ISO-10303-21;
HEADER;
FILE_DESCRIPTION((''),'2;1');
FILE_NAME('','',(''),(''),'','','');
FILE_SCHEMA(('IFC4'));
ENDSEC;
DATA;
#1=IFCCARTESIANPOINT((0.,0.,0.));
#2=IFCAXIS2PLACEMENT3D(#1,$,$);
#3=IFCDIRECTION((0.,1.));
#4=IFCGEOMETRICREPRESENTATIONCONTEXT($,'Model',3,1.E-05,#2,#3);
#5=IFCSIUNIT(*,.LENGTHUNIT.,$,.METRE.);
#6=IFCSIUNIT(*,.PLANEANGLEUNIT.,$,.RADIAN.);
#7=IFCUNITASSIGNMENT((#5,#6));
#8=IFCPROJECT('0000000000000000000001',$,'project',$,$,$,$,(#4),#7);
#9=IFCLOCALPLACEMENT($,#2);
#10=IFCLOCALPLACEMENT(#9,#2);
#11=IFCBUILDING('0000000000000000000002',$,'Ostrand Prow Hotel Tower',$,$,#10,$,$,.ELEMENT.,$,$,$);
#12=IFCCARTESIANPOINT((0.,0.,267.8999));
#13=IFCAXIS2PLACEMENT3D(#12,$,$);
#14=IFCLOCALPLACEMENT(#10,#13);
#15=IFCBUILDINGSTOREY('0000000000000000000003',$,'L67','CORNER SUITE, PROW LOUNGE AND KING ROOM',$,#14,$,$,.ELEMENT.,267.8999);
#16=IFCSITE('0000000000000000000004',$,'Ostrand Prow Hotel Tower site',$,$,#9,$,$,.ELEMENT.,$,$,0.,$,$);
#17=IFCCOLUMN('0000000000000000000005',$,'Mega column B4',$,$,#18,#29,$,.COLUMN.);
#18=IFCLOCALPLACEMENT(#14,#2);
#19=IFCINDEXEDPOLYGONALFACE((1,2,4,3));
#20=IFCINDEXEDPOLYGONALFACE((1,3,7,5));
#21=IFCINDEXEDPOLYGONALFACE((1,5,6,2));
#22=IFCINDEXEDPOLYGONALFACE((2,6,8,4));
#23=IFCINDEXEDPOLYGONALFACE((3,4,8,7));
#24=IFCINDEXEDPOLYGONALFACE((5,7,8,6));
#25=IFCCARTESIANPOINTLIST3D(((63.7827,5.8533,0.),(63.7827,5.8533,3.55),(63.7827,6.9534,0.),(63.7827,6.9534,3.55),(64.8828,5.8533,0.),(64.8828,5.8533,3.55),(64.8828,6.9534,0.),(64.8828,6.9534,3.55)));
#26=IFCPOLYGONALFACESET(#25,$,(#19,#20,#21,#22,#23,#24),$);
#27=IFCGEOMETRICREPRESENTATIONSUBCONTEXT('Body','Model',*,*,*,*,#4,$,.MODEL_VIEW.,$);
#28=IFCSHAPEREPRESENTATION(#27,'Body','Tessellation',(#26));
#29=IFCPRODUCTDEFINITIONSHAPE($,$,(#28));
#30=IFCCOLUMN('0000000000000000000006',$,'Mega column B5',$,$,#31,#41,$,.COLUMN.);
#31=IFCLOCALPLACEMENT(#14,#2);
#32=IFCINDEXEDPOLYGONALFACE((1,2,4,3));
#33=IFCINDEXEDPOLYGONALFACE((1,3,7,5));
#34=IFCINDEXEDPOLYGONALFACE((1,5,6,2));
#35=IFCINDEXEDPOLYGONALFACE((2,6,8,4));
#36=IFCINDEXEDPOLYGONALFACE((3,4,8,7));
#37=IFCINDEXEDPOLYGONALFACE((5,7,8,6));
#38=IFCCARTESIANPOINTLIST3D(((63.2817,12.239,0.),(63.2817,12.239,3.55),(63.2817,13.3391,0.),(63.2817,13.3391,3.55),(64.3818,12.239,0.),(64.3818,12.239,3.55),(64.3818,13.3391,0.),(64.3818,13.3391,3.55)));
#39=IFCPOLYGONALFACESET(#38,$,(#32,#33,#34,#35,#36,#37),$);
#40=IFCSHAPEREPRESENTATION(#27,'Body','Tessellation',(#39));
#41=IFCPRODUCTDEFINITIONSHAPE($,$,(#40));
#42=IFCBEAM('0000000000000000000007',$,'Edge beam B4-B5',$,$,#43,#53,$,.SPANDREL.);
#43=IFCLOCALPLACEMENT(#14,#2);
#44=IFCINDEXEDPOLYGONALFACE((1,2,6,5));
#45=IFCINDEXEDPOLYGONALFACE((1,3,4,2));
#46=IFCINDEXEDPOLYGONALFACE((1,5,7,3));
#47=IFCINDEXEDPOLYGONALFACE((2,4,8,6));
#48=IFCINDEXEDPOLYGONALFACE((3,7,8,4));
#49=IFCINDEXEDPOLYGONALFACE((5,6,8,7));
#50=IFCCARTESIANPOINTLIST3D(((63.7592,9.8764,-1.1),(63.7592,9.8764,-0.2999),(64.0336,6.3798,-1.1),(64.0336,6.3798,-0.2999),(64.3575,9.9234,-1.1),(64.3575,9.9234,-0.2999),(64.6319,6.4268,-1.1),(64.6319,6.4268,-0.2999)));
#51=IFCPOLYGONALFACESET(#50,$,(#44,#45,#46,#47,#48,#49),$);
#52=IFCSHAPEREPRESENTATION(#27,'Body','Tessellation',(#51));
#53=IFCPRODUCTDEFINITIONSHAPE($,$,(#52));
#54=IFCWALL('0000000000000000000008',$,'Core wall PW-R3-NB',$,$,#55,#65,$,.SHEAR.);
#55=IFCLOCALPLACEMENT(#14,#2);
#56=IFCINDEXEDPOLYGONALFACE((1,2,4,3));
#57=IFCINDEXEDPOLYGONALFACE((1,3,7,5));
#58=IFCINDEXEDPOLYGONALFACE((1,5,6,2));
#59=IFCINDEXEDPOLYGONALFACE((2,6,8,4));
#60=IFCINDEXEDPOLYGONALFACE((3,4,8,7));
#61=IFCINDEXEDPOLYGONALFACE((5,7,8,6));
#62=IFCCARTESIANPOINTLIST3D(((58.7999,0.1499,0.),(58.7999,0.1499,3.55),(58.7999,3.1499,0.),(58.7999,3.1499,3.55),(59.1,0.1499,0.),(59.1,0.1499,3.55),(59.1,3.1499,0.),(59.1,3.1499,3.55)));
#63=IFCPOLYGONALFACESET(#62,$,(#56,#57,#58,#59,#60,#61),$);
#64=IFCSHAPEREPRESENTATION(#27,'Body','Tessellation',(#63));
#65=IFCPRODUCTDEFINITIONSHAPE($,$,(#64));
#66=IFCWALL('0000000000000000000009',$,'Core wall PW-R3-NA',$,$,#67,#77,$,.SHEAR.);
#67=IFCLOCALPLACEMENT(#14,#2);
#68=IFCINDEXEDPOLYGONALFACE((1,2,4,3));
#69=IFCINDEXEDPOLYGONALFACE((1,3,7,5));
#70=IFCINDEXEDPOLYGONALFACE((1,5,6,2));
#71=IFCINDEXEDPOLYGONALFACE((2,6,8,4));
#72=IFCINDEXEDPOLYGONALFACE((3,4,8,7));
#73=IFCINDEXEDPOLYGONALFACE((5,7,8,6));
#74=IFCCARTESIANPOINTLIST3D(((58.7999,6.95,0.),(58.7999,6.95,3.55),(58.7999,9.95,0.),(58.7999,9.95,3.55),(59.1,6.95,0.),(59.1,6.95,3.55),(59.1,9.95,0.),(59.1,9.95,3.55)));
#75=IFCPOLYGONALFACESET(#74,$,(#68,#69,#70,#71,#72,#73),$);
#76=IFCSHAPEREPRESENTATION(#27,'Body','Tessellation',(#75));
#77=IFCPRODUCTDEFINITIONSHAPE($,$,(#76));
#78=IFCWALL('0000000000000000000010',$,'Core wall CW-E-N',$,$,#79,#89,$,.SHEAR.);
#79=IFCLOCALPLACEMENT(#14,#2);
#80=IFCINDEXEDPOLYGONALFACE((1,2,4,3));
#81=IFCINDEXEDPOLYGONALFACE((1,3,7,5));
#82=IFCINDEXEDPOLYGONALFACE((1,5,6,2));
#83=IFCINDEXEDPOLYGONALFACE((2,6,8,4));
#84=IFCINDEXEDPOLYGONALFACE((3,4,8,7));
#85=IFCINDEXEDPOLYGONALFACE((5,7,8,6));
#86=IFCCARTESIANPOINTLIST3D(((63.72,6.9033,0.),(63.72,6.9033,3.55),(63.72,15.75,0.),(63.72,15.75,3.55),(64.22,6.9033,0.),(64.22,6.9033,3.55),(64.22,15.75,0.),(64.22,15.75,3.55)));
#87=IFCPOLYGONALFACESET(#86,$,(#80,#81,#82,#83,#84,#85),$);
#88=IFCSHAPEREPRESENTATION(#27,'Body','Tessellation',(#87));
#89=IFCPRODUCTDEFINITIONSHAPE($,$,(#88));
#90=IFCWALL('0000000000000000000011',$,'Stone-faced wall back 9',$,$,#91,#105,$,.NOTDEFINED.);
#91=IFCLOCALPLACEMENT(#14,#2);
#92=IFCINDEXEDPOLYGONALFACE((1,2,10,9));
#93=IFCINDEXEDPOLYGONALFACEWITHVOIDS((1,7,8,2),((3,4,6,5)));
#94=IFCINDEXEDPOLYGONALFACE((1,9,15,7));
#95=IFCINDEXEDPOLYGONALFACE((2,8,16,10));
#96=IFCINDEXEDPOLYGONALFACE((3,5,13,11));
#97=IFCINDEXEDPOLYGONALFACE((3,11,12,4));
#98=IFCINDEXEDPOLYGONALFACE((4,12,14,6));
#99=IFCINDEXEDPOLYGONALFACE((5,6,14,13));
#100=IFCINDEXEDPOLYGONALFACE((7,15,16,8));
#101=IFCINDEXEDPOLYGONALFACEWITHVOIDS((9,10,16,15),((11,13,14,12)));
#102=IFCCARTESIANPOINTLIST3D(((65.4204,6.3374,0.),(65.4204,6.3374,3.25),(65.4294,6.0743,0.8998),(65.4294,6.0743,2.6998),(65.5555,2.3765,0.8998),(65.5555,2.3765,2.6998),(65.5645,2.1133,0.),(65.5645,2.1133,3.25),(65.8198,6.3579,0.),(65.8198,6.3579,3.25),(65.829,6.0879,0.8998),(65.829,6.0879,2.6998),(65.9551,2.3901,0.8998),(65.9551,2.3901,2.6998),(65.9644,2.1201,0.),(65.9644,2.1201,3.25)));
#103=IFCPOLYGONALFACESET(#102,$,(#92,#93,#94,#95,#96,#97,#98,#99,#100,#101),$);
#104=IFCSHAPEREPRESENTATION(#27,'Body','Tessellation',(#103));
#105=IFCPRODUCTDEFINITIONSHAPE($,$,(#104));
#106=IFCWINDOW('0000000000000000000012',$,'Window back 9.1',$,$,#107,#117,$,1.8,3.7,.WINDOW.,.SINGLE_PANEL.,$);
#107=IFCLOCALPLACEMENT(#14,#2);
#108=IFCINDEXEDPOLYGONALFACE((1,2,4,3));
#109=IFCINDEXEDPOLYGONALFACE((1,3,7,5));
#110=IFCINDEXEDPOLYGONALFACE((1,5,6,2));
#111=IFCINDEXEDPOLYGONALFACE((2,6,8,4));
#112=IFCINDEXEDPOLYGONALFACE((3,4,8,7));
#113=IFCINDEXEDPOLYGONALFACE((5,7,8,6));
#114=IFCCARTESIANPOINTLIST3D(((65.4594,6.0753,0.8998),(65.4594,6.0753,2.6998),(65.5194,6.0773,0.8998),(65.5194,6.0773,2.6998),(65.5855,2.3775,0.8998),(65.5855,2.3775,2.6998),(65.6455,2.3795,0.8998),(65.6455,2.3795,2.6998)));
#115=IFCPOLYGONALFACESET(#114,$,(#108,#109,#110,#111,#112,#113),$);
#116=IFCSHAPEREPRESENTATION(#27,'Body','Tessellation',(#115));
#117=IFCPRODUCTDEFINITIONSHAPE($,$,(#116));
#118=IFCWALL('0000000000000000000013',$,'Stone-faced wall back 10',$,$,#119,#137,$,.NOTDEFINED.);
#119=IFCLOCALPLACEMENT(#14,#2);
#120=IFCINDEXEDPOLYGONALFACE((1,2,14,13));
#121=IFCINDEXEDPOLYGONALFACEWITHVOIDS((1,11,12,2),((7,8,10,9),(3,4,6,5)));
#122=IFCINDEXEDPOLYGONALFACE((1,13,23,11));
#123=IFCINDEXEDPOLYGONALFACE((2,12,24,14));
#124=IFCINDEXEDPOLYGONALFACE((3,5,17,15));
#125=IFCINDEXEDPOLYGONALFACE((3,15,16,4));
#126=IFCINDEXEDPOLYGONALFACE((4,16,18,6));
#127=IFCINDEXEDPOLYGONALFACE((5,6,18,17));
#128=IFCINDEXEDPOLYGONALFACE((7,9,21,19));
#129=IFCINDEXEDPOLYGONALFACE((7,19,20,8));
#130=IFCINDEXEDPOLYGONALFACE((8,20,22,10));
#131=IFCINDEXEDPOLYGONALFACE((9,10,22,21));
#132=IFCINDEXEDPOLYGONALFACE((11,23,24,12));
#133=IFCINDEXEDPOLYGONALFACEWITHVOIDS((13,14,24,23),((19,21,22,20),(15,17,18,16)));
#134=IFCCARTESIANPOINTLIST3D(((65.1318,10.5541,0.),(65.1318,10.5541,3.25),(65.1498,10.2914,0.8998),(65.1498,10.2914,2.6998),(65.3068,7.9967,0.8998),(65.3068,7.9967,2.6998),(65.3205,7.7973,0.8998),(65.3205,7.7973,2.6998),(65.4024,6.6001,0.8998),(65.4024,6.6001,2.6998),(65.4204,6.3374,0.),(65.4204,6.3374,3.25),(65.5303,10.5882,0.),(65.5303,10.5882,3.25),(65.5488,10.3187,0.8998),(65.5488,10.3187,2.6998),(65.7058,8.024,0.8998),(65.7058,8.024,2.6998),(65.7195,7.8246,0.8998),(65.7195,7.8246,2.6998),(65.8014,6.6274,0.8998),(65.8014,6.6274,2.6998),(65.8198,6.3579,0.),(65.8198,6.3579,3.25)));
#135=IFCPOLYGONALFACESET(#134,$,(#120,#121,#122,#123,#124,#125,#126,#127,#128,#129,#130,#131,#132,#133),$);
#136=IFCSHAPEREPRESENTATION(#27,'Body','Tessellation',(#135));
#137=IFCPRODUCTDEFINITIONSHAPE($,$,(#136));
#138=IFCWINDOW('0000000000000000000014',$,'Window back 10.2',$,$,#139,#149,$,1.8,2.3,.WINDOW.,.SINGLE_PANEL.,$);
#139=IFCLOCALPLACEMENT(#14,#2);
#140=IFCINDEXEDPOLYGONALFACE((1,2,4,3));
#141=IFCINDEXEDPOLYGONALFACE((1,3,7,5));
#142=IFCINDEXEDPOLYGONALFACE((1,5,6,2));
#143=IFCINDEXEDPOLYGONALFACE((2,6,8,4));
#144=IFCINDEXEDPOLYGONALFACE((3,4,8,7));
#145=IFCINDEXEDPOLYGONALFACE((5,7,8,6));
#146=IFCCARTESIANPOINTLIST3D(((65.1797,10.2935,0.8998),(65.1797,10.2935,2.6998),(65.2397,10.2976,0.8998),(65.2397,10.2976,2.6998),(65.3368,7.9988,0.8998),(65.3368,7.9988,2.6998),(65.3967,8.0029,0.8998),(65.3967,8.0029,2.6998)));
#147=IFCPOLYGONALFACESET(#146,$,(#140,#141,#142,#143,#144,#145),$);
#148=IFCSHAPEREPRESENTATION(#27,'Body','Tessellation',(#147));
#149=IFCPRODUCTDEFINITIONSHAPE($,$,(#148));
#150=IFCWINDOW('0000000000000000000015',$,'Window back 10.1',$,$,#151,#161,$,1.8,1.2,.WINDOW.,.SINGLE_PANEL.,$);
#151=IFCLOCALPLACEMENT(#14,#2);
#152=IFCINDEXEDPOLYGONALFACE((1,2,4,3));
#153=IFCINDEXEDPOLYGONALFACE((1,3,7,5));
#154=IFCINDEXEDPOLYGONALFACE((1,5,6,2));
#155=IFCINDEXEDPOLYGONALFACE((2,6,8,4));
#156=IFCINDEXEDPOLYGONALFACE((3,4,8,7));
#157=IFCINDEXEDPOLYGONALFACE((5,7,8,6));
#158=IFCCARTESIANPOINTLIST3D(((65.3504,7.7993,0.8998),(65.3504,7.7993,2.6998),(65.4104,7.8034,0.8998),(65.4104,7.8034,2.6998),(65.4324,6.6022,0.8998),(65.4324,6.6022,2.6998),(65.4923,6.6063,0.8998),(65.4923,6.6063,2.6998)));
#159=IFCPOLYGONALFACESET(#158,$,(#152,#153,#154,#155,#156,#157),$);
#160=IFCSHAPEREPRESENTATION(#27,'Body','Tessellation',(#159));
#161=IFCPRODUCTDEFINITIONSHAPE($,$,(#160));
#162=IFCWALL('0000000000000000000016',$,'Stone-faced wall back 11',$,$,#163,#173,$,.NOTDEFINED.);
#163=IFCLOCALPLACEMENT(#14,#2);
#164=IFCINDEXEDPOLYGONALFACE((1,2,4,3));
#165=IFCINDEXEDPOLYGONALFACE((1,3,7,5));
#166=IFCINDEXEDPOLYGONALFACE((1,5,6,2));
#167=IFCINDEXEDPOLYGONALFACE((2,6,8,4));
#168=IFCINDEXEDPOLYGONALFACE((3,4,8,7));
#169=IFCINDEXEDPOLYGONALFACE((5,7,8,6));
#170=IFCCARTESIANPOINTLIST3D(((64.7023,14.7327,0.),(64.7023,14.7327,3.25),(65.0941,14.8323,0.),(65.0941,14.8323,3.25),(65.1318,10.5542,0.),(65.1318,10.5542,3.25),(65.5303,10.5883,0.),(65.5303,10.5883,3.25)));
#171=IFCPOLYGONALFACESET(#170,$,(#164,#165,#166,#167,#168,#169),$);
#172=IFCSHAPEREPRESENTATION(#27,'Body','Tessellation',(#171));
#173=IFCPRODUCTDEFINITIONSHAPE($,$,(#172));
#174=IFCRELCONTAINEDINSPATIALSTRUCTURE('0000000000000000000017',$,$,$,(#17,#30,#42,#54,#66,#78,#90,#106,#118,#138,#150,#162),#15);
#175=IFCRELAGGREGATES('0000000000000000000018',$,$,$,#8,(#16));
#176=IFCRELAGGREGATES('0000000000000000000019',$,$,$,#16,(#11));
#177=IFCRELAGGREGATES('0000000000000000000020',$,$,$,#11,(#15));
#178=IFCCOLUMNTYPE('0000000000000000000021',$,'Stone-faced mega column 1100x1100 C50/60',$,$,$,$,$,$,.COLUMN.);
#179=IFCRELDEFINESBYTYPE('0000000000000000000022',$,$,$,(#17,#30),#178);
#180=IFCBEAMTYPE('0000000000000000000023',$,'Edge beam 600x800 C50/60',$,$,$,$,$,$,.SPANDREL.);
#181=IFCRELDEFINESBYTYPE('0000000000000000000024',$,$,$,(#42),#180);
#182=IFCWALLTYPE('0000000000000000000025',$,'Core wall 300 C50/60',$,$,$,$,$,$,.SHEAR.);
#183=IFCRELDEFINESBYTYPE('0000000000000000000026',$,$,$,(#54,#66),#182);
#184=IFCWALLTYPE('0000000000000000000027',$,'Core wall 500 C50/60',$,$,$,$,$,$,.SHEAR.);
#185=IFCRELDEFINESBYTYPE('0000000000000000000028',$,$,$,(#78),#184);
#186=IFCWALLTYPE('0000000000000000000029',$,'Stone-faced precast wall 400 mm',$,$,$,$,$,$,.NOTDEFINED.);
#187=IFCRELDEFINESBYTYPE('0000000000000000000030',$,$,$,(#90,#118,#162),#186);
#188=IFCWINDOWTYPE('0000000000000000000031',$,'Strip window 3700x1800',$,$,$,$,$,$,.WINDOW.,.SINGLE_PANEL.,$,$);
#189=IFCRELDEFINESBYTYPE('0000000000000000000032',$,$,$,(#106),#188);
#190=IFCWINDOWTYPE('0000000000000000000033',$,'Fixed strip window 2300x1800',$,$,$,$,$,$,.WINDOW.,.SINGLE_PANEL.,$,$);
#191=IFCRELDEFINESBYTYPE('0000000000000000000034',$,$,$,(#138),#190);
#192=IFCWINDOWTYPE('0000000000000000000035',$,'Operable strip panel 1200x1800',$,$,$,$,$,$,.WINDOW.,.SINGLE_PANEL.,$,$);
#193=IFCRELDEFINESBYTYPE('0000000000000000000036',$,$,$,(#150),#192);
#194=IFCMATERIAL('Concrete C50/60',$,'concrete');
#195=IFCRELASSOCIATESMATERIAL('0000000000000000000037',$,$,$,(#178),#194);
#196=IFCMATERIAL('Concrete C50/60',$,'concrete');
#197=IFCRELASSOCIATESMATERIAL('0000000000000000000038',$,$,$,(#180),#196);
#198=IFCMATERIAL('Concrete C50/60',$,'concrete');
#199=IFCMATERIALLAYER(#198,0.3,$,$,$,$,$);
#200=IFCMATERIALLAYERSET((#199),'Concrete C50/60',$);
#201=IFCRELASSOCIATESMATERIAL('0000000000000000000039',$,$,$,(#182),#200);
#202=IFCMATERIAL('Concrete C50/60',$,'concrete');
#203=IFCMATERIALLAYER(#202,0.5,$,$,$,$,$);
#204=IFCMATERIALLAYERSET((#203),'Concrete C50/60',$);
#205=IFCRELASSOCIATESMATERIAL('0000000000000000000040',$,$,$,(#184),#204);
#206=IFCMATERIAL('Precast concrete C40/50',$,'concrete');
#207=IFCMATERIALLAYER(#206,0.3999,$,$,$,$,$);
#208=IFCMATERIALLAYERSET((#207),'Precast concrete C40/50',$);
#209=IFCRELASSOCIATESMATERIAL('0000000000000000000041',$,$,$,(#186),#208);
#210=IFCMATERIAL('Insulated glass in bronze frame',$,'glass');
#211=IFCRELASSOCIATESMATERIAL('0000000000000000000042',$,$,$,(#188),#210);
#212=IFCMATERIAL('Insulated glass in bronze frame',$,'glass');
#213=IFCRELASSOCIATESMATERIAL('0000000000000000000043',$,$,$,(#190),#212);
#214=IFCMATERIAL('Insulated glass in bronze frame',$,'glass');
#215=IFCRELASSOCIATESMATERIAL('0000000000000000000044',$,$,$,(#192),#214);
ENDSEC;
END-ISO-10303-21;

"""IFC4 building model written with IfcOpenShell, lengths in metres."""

from ifc_helpers import new_model, si_unit, direction, frame, frame_2d, origin, origin_2d, place, context, subcontext, project, spatial, polyline, rectangle, outline, extrude, material, layer, layer_set, material_profile, profile_set, type_object, element, fill, save


model = new_model("IFC4")

# Units and contexts
model_context = context("Model", 3, precision=1e-05, world=origin(), true_north=direction((0.0, 1.0)))
body_context = subcontext(model_context, "Body", "Model", "MODEL_VIEW")
ifc_project = project(units=[si_unit("LENGTHUNIT", "METRE"), si_unit("PLANEANGLEUNIT", "RADIAN")], contexts=[model_context])

# Site, building, storey
site_placement = place(None, origin())
site = spatial("IfcSite", under=ifc_project, at=site_placement, Name="Ostrand Prow Hotel Tower site", CompositionType="ELEMENT", RefElevation=0.0)
building_placement = place(site_placement, origin())
building = spatial("IfcBuilding", under=site, at=building_placement, Name="Ostrand Prow Hotel Tower", CompositionType="ELEMENT")
storey_placement = place(building_placement, frame((0.0, 0.0, 267.8999)))
storey = spatial("IfcBuildingStorey", under=building, at=storey_placement, Name="L67", Description="CORNER SUITE, PROW LOUNGE AND KING ROOM", CompositionType="ELEMENT", Elevation=267.8999)

# Columns
ifc_material_1 = material(Name="Concrete C50/60", Category="concrete")
ifc_material_profile_1 = material_profile(ifc_material_1, rectangle(XDim=1.1001, YDim=1.1001, at=origin_2d()), Name="RC 1100x1100")
ifc_profile_set_1 = profile_set([ifc_material_profile_1], Name="Concrete C50/60")
column_type = type_object("IfcColumnType", Name="Stone-faced mega column 1100x1100 C50/60", PredefinedType="COLUMN", material=ifc_profile_set_1)
for number, where, z_axis, x_axis, name in (
    (1, (64.3328, 6.4033, 0.0), (0.0, 0.0, 1.0), (1.0, 0.0, 0.0), "Mega column B4"),
    (2, (63.8318, 12.7891, 0.0), (0.0, 0.0, 1.0), (1.0, 0.0, 0.0), "Mega column B5"),
):
    element("IfcColumn", number, at=place(storey_placement, frame(where, z_axis=z_axis, x_axis=x_axis)), inside=storey, type_object=column_type, Name=name, PredefinedType="COLUMN", context=body_context, shape_type="SweptSolid", body=[
        extrude(rectangle(XDim=1.1001, YDim=1.1001, at=origin_2d()), origin(), (0.0, 0.0, 1.0), 3.55),
    ])

# Beam
ifc_material_2 = material(Name="Concrete C50/60", Category="concrete")
ifc_material_profile_2 = material_profile(ifc_material_2, rectangle(XDim=0.6001, YDim=0.8, at=origin_2d()), Name="RC 600x800")
ifc_profile_set_2 = profile_set([ifc_material_profile_2], Name="Concrete C50/60")
beam_type = type_object("IfcBeamType", Name="Edge beam 600x800 C50/60", PredefinedType="SPANDREL", material=ifc_profile_set_2)
beam_placement = place(storey_placement, frame((64.3328, 6.4033, -0.7), z_axis=(-0.07824, 0.996935, 0.0), x_axis=(-0.996935, -0.07824, 0.0)))
element("IfcBeam", 3, at=beam_placement, inside=storey, type_object=beam_type, Name="Edge beam B4-B5", PredefinedType="SPANDREL", context=body_context, shape_type="SweptSolid", body=[
    extrude(rectangle(XDim=0.6001, YDim=0.8, at=origin_2d()), origin(), (0.0, 0.0, 1.0), 3.5073),
])

# Walls
ifc_material_3 = material(Name="Concrete C50/60", Category="concrete")
ifc_layer_1 = layer(ifc_material_3, 0.3)
ifc_layer_set_1 = layer_set([ifc_layer_1], Name="Concrete C50/60")
wall_type_1 = type_object("IfcWallType", Name="Core wall 300 C50/60", PredefinedType="SHEAR", material=ifc_layer_set_1)
for number, where, z_axis, x_axis, name in (
    (4, (58.95, 0.1499, 0.0), (0.0, 0.0, 1.0), (0.0, 1.0, 0.0), "Core wall PW-R3-NB"),
    (5, (58.95, 6.95, 0.0), (0.0, 0.0, 1.0), (0.0, 1.0, 0.0), "Core wall PW-R3-NA"),
):
    element("IfcWall", number, at=place(storey_placement, frame(where, z_axis=z_axis, x_axis=x_axis)), inside=storey, type_object=wall_type_1, Name=name, PredefinedType="SHEAR", context=body_context, shape_type="SweptSolid", body=[
        extrude(rectangle(XDim=3.0, YDim=0.3, at=frame_2d((1.5, 0.0))), origin(), (0.0, 0.0, 1.0), 3.55),
    ])
ifc_material_4 = material(Name="Concrete C50/60", Category="concrete")
ifc_layer_2 = layer(ifc_material_4, 0.5)
ifc_layer_set_2 = layer_set([ifc_layer_2], Name="Concrete C50/60")
wall_type_2 = type_object("IfcWallType", Name="Core wall 500 C50/60", PredefinedType="SHEAR", material=ifc_layer_set_2)
wall_1_placement = place(storey_placement, frame((63.97, 6.9033, 0.0), z_axis=(0.0, 0.0, 1.0), x_axis=(0.0, 1.0, 0.0)))
element("IfcWall", 6, at=wall_1_placement, inside=storey, type_object=wall_type_2, Name="Core wall CW-E-N", PredefinedType="SHEAR", context=body_context, shape_type="SweptSolid", body=[
    extrude(rectangle(XDim=8.8467, YDim=0.5, at=frame_2d((4.4233, 0.0))), origin(), (0.0, 0.0, 1.0), 3.55),
])

# Wall, opening, window
ifc_material_5 = material(Name="Precast concrete C40/50", Category="concrete")
ifc_layer_3 = layer(ifc_material_5, 0.3999)
ifc_layer_set_3 = layer_set([ifc_layer_3], Name="Precast concrete C40/50")
wall_type_3 = type_object("IfcWallType", Name="Stone-faced precast wall 400 mm", PredefinedType="NOTDEFINED", material=ifc_layer_set_3)
wall_2_placement = place(storey_placement, frame((65.7644, 2.1167, 0.0), z_axis=(0.0, 0.0, 1.0), x_axis=(-0.034083, 0.999419, 0.0)))
wall_2 = element("IfcWall", 7, at=wall_2_placement, inside=storey, type_object=wall_type_3, Name="Stone-faced wall back 9", PredefinedType="NOTDEFINED", context=body_context, shape_type="SweptSolid", body=[
    extrude(outline(polyline([(-0.0034, -0.2), (4.2368, -0.2), (4.23, 0.2), (0.0034, 0.2), (-0.0034, -0.2)])), origin(), (0.0, 0.0, 1.0), 3.25),
])
opening_1_placement = place(wall_2_placement, frame((0.2666, 0.0, 0.8999)))
opening_1 = element("IfcOpeningElement", 8, at=opening_1_placement, cuts=wall_2, PredefinedType="OPENING", context=body_context, shape_type="SweptSolid", body=[
    extrude(rectangle(XDim=3.7, YDim=1.8, at=frame_2d((1.8501, 0.8999))), frame((0.0, 0.21, 0.0), z_axis=(0.0, -1.0, 0.0), x_axis=(1.0, 0.0, 0.0)), (0.0, 0.0, 1.0), 0.4199),
])
ifc_material_6 = material(Name="Insulated glass in bronze frame", Category="glass")
window_type_1 = type_object("IfcWindowType", Name="Strip window 3700x1800", PartitioningType="SINGLE_PANEL", PredefinedType="WINDOW", material=ifc_material_6)
window_1_placement = place(opening_1_placement, origin())
window_1 = element("IfcWindow", 9, at=window_1_placement, inside=storey, type_object=window_type_1, Name="Window back 9.1", OverallHeight=1.8, OverallWidth=3.7, PartitioningType="SINGLE_PANEL", PredefinedType="WINDOW", context=body_context, shape_type="SweptSolid", body=[
    extrude(rectangle(XDim=3.7, YDim=1.8, at=frame_2d((1.8501, 0.8999))), frame((0.0, 0.1699, 0.0), z_axis=(0.0, -1.0, 0.0), x_axis=(1.0, 0.0, 0.0)), (0.0, 0.0, 1.0), 0.0601),
])
fill(opening_1, window_1)

# Wall, openings, windows
wall_3_placement = place(storey_placement, frame((65.6201, 6.3477, 0.0), z_axis=(0.0, 0.0, 1.0), x_axis=(-0.06828, 0.997666, 0.0)))
wall_3 = element("IfcWall", 10, at=wall_3_placement, inside=storey, type_object=wall_type_3, Name="Stone-faced wall back 10", PredefinedType="NOTDEFINED", context=body_context, shape_type="SweptSolid", body=[
    extrude(outline(polyline([(-0.0034, -0.2), (4.2368, -0.2), (4.23, 0.2), (0.0034, 0.2), (-0.0034, -0.2)])), origin(), (0.0, 0.0, 1.0), 3.25),
])
opening_2_placement = place(wall_3_placement, frame((0.2666, 0.0, 0.8999)))
opening_2 = element("IfcOpeningElement", 11, at=opening_2_placement, cuts=wall_3, PredefinedType="OPENING", context=body_context, shape_type="SweptSolid", body=[
    extrude(rectangle(XDim=1.2, YDim=1.8, at=frame_2d((0.6001, 0.8999))), frame((0.0, 0.21, 0.0), z_axis=(0.0, -1.0, 0.0), x_axis=(1.0, 0.0, 0.0)), (0.0, 0.0, 1.0), 0.4199),
])
opening_3_placement = place(wall_3_placement, frame((1.6667, 0.0, 0.8999)))
opening_3 = element("IfcOpeningElement", 12, at=opening_3_placement, cuts=wall_3, PredefinedType="OPENING", context=body_context, shape_type="SweptSolid", body=[
    extrude(rectangle(XDim=2.3, YDim=1.8, at=frame_2d((1.1499, 0.8999))), frame((0.0, 0.21, 0.0), z_axis=(0.0, -1.0, 0.0), x_axis=(1.0, 0.0, 0.0)), (0.0, 0.0, 1.0), 0.4199),
])
ifc_material_7 = material(Name="Insulated glass in bronze frame", Category="glass")
window_type_2 = type_object("IfcWindowType", Name="Fixed strip window 2300x1800", PartitioningType="SINGLE_PANEL", PredefinedType="WINDOW", material=ifc_material_7)
window_2_placement = place(opening_3_placement, origin())
window_2 = element("IfcWindow", 13, at=window_2_placement, inside=storey, type_object=window_type_2, Name="Window back 10.2", OverallHeight=1.8, OverallWidth=2.3, PartitioningType="SINGLE_PANEL", PredefinedType="WINDOW", context=body_context, shape_type="SweptSolid", body=[
    extrude(rectangle(XDim=2.3, YDim=1.8, at=frame_2d((1.1499, 0.8999))), frame((0.0, 0.1699, 0.0), z_axis=(0.0, -1.0, 0.0), x_axis=(1.0, 0.0, 0.0)), (0.0, 0.0, 1.0), 0.0601),
])
fill(opening_3, window_2)
ifc_material_8 = material(Name="Insulated glass in bronze frame", Category="glass")
window_type_3 = type_object("IfcWindowType", Name="Operable strip panel 1200x1800", PartitioningType="SINGLE_PANEL", PredefinedType="WINDOW", material=ifc_material_8)
window_3_placement = place(opening_2_placement, origin())
window_3 = element("IfcWindow", 14, at=window_3_placement, inside=storey, type_object=window_type_3, Name="Window back 10.1", OverallHeight=1.8, OverallWidth=1.2, PartitioningType="SINGLE_PANEL", PredefinedType="WINDOW", context=body_context, shape_type="SweptSolid", body=[
    extrude(rectangle(XDim=1.2, YDim=1.8, at=frame_2d((0.6001, 0.8999))), frame((0.0, 0.1699, 0.0), z_axis=(0.0, -1.0, 0.0), x_axis=(1.0, 0.0, 0.0)), (0.0, 0.0, 1.0), 0.0601),
])
fill(opening_2, window_3)

# Wall
wall_4_placement = place(storey_placement, frame((65.3311, 10.5713, 0.0), z_axis=(0.0, 0.0, 1.0), x_axis=(-0.10225, 0.994759, 0.0)))
element("IfcWall", 15, at=wall_4_placement, inside=storey, type_object=wall_type_3, Name="Stone-faced wall back 11", PredefinedType="NOTDEFINED", context=body_context, shape_type="SweptSolid", body=[
    extrude(outline(polyline([(-0.0034, -0.2), (4.2629, -0.2), (4.2039, 0.2), (0.0034, 0.2), (-0.0034, -0.2)])), origin(), (0.0, 0.0, 1.0), 3.25),
])

save(model, "model.ifc")
